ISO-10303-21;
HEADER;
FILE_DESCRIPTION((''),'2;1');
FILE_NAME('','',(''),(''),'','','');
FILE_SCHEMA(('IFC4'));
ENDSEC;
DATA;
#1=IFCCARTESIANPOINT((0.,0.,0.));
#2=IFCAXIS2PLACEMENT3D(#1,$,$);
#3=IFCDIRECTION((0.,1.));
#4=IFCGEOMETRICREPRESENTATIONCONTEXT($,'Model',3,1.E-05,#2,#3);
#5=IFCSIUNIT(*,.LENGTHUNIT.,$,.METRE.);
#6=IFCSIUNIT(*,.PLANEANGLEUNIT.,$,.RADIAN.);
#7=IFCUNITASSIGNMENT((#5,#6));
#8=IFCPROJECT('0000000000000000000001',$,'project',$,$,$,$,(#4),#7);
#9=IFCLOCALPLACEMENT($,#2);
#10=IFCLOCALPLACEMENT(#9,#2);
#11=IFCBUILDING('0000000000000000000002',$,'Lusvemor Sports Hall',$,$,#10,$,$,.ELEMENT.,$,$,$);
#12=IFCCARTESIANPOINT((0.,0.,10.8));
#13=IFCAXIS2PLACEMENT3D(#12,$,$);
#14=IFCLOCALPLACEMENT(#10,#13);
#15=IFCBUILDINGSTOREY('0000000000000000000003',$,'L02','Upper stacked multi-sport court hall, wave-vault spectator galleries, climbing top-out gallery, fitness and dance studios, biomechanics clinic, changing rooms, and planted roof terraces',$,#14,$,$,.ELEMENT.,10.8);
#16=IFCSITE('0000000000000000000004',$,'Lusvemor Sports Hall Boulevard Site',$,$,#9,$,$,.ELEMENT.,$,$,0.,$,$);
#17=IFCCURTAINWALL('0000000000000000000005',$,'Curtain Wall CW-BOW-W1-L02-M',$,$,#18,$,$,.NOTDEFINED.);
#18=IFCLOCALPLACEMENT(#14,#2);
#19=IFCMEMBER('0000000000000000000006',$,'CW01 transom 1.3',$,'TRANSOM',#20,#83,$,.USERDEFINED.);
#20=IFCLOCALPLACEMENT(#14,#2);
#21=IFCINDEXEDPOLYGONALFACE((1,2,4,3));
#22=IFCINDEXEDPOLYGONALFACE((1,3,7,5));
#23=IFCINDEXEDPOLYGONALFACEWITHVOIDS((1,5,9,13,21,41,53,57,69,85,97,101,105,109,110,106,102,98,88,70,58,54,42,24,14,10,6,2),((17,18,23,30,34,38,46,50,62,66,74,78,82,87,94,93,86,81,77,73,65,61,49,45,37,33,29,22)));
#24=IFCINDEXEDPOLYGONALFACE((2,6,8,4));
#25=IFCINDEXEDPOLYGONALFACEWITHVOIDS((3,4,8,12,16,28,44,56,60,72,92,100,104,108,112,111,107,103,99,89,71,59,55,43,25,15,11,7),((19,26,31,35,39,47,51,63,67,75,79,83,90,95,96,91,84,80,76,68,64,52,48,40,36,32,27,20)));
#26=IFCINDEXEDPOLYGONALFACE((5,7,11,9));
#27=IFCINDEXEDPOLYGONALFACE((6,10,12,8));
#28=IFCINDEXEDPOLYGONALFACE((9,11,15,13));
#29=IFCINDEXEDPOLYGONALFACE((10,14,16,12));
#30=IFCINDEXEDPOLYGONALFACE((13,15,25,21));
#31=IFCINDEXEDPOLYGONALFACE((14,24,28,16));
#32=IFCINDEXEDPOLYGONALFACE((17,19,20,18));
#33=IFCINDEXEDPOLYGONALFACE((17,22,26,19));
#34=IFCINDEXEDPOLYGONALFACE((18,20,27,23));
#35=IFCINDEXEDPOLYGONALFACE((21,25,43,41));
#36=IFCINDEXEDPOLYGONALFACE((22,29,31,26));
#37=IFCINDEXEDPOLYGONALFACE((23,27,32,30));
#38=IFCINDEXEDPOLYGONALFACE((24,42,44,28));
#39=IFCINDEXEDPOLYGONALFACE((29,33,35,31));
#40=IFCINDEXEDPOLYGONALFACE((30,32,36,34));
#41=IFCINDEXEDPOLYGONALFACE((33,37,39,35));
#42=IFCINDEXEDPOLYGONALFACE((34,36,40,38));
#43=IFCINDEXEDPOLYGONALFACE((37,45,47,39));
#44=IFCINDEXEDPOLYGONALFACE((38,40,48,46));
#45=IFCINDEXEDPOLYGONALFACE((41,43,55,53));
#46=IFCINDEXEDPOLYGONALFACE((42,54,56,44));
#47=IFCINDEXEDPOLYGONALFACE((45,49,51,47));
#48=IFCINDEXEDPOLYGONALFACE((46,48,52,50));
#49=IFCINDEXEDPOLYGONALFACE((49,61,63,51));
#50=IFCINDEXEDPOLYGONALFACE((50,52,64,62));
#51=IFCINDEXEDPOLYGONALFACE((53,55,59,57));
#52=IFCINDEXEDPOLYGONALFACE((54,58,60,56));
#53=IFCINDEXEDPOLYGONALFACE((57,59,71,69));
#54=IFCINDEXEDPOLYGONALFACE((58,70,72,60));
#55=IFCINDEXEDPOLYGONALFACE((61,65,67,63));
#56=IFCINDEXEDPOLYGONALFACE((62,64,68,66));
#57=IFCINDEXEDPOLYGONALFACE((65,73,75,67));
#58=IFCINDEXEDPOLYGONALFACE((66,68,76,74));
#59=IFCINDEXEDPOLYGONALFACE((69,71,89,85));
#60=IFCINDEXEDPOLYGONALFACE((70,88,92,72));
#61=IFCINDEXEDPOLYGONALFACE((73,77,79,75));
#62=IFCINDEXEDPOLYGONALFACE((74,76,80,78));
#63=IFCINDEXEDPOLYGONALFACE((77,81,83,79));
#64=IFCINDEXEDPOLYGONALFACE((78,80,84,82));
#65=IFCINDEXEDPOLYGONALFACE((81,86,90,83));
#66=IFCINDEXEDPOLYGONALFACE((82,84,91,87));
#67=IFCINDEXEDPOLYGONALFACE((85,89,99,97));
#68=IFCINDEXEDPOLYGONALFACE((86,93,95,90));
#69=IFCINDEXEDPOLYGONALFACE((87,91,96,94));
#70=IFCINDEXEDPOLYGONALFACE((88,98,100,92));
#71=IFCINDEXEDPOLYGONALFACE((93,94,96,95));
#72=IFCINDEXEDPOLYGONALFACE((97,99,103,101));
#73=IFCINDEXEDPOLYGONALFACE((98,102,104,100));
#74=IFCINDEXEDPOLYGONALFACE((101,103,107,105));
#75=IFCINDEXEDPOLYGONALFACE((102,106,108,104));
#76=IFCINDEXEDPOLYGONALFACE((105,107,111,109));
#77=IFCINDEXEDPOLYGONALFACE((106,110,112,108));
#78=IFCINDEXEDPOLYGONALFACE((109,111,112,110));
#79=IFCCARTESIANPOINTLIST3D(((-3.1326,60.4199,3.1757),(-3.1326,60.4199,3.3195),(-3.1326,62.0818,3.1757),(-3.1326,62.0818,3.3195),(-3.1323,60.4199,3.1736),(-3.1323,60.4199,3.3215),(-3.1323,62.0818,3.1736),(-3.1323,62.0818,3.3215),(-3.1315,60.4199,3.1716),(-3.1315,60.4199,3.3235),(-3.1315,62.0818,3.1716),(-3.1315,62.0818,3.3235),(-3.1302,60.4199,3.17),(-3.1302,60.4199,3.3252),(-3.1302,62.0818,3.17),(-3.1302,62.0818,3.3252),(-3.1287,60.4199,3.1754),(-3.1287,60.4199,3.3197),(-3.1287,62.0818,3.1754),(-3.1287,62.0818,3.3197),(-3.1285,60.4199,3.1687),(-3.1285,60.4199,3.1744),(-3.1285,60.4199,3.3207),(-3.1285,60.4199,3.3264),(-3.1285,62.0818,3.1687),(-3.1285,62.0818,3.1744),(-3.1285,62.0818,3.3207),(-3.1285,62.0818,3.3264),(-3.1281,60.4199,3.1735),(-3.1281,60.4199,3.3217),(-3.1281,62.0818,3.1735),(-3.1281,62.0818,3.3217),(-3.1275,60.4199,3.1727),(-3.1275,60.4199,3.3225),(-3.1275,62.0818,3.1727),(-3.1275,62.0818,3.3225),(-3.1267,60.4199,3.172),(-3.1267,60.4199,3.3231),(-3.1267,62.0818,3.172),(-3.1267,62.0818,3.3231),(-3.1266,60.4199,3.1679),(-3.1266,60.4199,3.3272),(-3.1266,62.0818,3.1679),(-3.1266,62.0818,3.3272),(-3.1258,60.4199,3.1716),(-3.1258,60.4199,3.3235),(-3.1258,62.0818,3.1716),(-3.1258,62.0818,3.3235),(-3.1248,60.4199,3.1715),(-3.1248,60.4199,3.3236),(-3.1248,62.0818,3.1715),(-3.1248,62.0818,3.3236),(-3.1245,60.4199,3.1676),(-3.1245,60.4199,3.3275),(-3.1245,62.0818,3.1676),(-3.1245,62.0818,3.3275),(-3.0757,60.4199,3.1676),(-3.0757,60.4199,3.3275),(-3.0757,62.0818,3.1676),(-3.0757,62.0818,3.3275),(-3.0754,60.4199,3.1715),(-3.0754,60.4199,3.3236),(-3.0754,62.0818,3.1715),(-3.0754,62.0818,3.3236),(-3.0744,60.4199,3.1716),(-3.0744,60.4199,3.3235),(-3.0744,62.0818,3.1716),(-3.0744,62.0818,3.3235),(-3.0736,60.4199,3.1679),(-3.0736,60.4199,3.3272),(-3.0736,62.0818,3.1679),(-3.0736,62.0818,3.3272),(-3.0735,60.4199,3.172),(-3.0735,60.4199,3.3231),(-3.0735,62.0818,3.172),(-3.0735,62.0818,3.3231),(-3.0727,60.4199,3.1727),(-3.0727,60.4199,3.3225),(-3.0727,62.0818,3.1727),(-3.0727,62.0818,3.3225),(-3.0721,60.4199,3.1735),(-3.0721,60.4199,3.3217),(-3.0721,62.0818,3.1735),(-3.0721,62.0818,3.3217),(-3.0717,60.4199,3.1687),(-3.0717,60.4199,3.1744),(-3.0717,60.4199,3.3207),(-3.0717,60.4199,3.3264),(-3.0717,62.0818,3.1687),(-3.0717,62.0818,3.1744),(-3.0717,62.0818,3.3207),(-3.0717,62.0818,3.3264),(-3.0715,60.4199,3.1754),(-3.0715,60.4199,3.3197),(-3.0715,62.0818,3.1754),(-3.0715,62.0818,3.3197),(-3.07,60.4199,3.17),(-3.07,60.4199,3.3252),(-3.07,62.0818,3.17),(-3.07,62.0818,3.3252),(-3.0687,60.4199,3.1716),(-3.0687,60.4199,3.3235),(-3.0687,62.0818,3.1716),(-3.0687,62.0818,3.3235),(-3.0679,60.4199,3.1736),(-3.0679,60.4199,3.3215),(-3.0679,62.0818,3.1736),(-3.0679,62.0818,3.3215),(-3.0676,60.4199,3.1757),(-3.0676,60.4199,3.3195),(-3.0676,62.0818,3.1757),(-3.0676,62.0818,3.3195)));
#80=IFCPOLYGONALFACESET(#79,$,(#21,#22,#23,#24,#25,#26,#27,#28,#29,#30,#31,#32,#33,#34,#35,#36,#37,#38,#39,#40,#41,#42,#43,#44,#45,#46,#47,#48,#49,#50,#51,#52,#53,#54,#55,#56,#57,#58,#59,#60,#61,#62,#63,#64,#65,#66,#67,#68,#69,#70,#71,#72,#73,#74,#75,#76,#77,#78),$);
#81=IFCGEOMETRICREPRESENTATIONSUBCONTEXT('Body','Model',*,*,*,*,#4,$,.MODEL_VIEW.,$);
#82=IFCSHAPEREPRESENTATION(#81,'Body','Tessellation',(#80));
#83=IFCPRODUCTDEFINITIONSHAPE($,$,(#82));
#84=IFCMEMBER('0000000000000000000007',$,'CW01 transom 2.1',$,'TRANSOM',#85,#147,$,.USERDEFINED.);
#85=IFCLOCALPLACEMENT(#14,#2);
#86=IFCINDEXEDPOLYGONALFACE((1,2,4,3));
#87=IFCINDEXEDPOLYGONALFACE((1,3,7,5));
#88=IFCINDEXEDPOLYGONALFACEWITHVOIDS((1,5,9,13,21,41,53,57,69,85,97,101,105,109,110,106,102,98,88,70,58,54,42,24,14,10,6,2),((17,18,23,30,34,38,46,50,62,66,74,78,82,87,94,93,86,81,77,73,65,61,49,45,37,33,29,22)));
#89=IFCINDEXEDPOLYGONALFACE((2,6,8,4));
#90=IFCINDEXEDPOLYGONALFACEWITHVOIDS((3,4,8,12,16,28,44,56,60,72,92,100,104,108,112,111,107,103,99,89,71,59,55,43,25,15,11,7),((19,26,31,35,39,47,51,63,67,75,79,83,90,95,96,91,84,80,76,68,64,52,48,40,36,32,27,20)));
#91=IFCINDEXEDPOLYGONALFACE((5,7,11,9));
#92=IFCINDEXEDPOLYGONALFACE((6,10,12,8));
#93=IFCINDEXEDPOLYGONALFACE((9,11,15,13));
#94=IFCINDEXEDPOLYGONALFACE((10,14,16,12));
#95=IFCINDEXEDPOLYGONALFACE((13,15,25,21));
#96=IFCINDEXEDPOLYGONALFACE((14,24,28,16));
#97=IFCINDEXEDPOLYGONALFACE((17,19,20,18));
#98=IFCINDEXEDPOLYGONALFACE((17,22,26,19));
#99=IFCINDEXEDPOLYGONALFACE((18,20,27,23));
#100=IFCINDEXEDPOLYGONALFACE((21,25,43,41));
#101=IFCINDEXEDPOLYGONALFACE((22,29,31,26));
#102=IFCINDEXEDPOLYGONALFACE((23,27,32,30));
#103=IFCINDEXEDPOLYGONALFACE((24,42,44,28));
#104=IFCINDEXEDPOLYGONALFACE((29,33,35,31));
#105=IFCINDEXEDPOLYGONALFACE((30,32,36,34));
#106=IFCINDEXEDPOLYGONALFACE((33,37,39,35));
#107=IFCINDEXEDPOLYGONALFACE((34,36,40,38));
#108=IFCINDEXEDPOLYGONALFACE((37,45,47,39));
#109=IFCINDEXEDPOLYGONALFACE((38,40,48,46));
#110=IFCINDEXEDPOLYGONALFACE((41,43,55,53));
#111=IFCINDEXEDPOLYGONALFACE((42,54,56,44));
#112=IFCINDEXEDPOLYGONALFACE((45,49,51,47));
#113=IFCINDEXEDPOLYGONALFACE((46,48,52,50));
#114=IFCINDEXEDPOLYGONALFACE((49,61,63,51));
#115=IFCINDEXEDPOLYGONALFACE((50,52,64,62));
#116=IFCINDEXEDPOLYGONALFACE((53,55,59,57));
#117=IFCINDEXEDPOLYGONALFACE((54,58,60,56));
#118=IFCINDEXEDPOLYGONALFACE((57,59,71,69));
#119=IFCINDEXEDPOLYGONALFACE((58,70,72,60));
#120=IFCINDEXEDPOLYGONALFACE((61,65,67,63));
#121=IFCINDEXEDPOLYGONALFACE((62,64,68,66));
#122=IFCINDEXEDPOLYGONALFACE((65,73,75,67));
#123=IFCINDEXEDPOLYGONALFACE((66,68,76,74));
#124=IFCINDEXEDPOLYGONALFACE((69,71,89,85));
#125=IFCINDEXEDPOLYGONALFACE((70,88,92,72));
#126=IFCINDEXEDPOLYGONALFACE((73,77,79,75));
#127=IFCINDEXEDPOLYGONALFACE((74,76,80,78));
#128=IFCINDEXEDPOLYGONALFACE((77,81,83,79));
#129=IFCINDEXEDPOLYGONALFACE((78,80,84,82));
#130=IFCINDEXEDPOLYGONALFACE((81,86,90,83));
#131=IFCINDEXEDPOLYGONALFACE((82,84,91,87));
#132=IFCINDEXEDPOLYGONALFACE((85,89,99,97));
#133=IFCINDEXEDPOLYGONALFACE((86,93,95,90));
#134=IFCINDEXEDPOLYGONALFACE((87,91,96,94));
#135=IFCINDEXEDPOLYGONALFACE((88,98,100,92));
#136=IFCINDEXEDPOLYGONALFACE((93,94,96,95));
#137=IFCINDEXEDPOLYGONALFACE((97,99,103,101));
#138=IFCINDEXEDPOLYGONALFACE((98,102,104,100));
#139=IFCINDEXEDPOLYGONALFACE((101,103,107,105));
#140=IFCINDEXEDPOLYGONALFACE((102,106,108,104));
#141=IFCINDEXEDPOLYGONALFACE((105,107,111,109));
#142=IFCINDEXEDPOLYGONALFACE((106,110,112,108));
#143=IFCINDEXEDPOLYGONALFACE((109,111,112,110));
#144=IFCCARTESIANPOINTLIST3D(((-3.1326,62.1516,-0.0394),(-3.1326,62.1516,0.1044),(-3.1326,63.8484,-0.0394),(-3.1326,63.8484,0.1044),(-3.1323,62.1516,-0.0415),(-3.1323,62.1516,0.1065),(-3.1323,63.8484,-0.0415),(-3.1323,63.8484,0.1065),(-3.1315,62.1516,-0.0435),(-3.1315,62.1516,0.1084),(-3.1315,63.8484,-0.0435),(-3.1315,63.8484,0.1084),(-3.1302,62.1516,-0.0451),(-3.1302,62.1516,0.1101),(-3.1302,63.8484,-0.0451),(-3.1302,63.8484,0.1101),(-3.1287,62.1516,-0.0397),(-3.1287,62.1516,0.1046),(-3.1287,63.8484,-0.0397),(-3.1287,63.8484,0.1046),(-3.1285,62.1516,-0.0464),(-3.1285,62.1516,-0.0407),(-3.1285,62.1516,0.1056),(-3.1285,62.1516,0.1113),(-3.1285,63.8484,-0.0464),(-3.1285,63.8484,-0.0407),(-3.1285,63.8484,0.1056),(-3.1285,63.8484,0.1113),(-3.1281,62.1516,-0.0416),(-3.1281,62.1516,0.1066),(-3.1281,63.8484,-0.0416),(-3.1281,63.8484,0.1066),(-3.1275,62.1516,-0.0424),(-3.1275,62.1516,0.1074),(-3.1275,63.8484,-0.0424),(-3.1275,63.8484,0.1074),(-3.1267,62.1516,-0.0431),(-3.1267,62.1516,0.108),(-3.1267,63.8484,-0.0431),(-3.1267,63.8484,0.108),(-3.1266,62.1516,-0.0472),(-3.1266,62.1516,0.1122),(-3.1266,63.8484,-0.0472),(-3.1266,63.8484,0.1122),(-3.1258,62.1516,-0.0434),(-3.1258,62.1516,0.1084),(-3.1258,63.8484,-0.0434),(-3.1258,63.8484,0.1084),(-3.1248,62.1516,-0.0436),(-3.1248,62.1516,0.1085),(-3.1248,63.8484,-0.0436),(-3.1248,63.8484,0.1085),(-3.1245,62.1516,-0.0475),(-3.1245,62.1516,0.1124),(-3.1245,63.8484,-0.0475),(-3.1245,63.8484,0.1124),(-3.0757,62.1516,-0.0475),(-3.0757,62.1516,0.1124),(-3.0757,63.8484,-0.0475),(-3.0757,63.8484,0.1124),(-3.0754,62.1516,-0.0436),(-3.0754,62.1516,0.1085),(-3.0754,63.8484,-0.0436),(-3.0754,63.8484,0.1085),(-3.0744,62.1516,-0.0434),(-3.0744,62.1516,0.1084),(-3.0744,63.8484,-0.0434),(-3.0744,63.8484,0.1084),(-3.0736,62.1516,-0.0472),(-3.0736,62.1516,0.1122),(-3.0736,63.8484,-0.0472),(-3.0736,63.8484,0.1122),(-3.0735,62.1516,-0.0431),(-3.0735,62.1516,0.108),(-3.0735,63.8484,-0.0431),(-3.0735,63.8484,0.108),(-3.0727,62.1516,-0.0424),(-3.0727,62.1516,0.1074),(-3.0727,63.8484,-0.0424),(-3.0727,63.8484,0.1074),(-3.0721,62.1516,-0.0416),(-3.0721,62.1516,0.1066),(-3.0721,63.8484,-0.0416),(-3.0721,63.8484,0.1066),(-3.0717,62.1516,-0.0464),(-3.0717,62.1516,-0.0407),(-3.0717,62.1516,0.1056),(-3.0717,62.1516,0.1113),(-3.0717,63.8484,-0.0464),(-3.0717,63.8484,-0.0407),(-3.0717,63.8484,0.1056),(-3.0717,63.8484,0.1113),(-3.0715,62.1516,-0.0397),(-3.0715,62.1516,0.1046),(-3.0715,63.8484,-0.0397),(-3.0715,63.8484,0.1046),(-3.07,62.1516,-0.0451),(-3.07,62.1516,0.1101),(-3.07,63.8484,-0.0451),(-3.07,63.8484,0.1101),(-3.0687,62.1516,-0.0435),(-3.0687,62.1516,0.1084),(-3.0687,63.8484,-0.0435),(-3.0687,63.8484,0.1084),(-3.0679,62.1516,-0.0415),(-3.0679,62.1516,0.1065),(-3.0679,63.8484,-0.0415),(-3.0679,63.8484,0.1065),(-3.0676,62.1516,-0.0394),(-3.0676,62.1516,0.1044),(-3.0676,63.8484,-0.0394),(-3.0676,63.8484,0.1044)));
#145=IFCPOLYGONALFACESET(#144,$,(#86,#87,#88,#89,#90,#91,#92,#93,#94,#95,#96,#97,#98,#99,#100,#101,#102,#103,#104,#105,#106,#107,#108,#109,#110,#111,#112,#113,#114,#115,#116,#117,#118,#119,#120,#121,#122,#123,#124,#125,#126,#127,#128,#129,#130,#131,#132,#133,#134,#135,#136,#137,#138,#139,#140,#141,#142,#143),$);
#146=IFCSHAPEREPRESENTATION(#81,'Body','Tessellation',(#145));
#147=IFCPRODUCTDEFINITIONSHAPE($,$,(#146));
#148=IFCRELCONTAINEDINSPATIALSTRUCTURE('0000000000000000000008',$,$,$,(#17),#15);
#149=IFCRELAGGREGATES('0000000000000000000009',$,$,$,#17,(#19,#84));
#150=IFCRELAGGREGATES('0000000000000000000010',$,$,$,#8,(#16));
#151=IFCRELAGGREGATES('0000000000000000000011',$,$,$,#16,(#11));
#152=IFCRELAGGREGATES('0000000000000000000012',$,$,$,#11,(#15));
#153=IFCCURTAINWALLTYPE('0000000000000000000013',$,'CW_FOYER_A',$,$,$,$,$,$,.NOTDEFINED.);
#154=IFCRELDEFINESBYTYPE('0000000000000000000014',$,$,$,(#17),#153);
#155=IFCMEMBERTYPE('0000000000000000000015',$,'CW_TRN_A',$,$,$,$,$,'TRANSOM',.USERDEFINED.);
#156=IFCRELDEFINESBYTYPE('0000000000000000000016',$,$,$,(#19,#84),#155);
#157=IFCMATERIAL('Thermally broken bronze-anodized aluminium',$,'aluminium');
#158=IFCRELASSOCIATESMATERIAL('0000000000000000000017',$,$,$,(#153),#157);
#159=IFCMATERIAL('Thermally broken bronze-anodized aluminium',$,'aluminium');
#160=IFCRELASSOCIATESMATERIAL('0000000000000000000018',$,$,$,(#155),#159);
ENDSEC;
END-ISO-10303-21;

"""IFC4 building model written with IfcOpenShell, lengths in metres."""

from ifc_helpers import new_model, si_unit, direction, frame, origin, origin_2d, place, context, subcontext, project, spatial, hollow_rectangle, extrude, material, material_profile, profile_set, type_object, element, aggregate, save


model = new_model("IFC4")

# Units and contexts
model_context = context("Model", 3, precision=1e-05, world=origin(), true_north=direction((0.0, 1.0)))
body_context = subcontext(model_context, "Body", "Model", "MODEL_VIEW")
ifc_project = project(units=[si_unit("LENGTHUNIT", "METRE"), si_unit("PLANEANGLEUNIT", "RADIAN")], contexts=[model_context])

# Site, building, storey
site_placement = place(None, origin())
site = spatial("IfcSite", under=ifc_project, at=site_placement, Name="Lusvemor Sports Hall Boulevard Site", CompositionType="ELEMENT", RefElevation=0.0)
building_placement = place(site_placement, origin())
building = spatial("IfcBuilding", under=site, at=building_placement, Name="Lusvemor Sports Hall", CompositionType="ELEMENT")
storey_placement = place(building_placement, frame((0.0, 0.0, 10.8)))
storey = spatial("IfcBuildingStorey", under=building, at=storey_placement, Name="L02", Description="Upper stacked multi-sport court hall, wave-vault spectator galleries, climbing top-out gallery, fitness and dance studios, biomechanics clinic, changing rooms, and planted roof terraces", CompositionType="ELEMENT", Elevation=10.8)

# Curtain wall
ifc_material_1 = material(Name="Thermally broken bronze-anodized aluminium", Category="aluminium")
curtain_wall_type_1 = type_object("IfcCurtainWallType", Name="CW_FOYER_A", PredefinedType="NOTDEFINED", material=ifc_material_1)
curtain_wall_1_placement = place(storey_placement, origin())
curtain_wall_1 = element("IfcCurtainWall", 1, at=curtain_wall_1_placement, inside=storey, type_object=curtain_wall_type_1, Name="Curtain Wall CW-BOW-W1-L02-M", PredefinedType="NOTDEFINED")

# Members
ifc_material_2 = material(Name="Thermally broken bronze-anodized aluminium", Category="aluminium")
ifc_material_profile_1 = material_profile(ifc_material_2, hollow_rectangle(XDim=0.0649, YDim=0.1599, WallThickness=0.0039, InnerFilletRadius=0.0039, OuterFilletRadius=0.0081, at=origin_2d()), Name="CWTRN160x65x4")
ifc_profile_set_1 = profile_set([ifc_material_profile_1], Name="Thermally broken bronze-anodized aluminium")
member_type_1 = type_object("IfcMemberType", Name="CW_TRN_A", ElementType="TRANSOM", PredefinedType="USERDEFINED", material=ifc_profile_set_1)
member_1_placement = place(storey_placement, frame((-3.1001, 60.4199, 3.2476), z_axis=(0.0, 1.0, 0.0), x_axis=(-1.0, 0.0, 0.0)))
member_1 = element("IfcMember", 2, at=member_1_placement, type_object=member_type_1, Name="CW01 transom 1.3", ObjectType="TRANSOM", PredefinedType="USERDEFINED", context=body_context, shape_type="SweptSolid", body=[
    extrude(hollow_rectangle(XDim=0.0649, YDim=0.1599, WallThickness=0.0039, InnerFilletRadius=0.0039, OuterFilletRadius=0.0081, at=origin_2d()), origin(), (0.0, 0.0, 1.0), 1.6619),
])
member_2_placement = place(storey_placement, frame((-3.1001, 62.1516, 0.0325), z_axis=(0.0, 1.0, 0.0), x_axis=(-1.0, 0.0, 0.0)))
member_2 = element("IfcMember", 3, at=member_2_placement, type_object=member_type_1, Name="CW01 transom 2.1", ObjectType="TRANSOM", PredefinedType="USERDEFINED", context=body_context, shape_type="SweptSolid", body=[
    extrude(hollow_rectangle(XDim=0.0649, YDim=0.1599, WallThickness=0.0039, InnerFilletRadius=0.0039, OuterFilletRadius=0.0081, at=origin_2d()), origin(), (0.0, 0.0, 1.0), 1.6968),
])

aggregate(curtain_wall_1, [member_1, member_2])

save(model, "model.ifc")
